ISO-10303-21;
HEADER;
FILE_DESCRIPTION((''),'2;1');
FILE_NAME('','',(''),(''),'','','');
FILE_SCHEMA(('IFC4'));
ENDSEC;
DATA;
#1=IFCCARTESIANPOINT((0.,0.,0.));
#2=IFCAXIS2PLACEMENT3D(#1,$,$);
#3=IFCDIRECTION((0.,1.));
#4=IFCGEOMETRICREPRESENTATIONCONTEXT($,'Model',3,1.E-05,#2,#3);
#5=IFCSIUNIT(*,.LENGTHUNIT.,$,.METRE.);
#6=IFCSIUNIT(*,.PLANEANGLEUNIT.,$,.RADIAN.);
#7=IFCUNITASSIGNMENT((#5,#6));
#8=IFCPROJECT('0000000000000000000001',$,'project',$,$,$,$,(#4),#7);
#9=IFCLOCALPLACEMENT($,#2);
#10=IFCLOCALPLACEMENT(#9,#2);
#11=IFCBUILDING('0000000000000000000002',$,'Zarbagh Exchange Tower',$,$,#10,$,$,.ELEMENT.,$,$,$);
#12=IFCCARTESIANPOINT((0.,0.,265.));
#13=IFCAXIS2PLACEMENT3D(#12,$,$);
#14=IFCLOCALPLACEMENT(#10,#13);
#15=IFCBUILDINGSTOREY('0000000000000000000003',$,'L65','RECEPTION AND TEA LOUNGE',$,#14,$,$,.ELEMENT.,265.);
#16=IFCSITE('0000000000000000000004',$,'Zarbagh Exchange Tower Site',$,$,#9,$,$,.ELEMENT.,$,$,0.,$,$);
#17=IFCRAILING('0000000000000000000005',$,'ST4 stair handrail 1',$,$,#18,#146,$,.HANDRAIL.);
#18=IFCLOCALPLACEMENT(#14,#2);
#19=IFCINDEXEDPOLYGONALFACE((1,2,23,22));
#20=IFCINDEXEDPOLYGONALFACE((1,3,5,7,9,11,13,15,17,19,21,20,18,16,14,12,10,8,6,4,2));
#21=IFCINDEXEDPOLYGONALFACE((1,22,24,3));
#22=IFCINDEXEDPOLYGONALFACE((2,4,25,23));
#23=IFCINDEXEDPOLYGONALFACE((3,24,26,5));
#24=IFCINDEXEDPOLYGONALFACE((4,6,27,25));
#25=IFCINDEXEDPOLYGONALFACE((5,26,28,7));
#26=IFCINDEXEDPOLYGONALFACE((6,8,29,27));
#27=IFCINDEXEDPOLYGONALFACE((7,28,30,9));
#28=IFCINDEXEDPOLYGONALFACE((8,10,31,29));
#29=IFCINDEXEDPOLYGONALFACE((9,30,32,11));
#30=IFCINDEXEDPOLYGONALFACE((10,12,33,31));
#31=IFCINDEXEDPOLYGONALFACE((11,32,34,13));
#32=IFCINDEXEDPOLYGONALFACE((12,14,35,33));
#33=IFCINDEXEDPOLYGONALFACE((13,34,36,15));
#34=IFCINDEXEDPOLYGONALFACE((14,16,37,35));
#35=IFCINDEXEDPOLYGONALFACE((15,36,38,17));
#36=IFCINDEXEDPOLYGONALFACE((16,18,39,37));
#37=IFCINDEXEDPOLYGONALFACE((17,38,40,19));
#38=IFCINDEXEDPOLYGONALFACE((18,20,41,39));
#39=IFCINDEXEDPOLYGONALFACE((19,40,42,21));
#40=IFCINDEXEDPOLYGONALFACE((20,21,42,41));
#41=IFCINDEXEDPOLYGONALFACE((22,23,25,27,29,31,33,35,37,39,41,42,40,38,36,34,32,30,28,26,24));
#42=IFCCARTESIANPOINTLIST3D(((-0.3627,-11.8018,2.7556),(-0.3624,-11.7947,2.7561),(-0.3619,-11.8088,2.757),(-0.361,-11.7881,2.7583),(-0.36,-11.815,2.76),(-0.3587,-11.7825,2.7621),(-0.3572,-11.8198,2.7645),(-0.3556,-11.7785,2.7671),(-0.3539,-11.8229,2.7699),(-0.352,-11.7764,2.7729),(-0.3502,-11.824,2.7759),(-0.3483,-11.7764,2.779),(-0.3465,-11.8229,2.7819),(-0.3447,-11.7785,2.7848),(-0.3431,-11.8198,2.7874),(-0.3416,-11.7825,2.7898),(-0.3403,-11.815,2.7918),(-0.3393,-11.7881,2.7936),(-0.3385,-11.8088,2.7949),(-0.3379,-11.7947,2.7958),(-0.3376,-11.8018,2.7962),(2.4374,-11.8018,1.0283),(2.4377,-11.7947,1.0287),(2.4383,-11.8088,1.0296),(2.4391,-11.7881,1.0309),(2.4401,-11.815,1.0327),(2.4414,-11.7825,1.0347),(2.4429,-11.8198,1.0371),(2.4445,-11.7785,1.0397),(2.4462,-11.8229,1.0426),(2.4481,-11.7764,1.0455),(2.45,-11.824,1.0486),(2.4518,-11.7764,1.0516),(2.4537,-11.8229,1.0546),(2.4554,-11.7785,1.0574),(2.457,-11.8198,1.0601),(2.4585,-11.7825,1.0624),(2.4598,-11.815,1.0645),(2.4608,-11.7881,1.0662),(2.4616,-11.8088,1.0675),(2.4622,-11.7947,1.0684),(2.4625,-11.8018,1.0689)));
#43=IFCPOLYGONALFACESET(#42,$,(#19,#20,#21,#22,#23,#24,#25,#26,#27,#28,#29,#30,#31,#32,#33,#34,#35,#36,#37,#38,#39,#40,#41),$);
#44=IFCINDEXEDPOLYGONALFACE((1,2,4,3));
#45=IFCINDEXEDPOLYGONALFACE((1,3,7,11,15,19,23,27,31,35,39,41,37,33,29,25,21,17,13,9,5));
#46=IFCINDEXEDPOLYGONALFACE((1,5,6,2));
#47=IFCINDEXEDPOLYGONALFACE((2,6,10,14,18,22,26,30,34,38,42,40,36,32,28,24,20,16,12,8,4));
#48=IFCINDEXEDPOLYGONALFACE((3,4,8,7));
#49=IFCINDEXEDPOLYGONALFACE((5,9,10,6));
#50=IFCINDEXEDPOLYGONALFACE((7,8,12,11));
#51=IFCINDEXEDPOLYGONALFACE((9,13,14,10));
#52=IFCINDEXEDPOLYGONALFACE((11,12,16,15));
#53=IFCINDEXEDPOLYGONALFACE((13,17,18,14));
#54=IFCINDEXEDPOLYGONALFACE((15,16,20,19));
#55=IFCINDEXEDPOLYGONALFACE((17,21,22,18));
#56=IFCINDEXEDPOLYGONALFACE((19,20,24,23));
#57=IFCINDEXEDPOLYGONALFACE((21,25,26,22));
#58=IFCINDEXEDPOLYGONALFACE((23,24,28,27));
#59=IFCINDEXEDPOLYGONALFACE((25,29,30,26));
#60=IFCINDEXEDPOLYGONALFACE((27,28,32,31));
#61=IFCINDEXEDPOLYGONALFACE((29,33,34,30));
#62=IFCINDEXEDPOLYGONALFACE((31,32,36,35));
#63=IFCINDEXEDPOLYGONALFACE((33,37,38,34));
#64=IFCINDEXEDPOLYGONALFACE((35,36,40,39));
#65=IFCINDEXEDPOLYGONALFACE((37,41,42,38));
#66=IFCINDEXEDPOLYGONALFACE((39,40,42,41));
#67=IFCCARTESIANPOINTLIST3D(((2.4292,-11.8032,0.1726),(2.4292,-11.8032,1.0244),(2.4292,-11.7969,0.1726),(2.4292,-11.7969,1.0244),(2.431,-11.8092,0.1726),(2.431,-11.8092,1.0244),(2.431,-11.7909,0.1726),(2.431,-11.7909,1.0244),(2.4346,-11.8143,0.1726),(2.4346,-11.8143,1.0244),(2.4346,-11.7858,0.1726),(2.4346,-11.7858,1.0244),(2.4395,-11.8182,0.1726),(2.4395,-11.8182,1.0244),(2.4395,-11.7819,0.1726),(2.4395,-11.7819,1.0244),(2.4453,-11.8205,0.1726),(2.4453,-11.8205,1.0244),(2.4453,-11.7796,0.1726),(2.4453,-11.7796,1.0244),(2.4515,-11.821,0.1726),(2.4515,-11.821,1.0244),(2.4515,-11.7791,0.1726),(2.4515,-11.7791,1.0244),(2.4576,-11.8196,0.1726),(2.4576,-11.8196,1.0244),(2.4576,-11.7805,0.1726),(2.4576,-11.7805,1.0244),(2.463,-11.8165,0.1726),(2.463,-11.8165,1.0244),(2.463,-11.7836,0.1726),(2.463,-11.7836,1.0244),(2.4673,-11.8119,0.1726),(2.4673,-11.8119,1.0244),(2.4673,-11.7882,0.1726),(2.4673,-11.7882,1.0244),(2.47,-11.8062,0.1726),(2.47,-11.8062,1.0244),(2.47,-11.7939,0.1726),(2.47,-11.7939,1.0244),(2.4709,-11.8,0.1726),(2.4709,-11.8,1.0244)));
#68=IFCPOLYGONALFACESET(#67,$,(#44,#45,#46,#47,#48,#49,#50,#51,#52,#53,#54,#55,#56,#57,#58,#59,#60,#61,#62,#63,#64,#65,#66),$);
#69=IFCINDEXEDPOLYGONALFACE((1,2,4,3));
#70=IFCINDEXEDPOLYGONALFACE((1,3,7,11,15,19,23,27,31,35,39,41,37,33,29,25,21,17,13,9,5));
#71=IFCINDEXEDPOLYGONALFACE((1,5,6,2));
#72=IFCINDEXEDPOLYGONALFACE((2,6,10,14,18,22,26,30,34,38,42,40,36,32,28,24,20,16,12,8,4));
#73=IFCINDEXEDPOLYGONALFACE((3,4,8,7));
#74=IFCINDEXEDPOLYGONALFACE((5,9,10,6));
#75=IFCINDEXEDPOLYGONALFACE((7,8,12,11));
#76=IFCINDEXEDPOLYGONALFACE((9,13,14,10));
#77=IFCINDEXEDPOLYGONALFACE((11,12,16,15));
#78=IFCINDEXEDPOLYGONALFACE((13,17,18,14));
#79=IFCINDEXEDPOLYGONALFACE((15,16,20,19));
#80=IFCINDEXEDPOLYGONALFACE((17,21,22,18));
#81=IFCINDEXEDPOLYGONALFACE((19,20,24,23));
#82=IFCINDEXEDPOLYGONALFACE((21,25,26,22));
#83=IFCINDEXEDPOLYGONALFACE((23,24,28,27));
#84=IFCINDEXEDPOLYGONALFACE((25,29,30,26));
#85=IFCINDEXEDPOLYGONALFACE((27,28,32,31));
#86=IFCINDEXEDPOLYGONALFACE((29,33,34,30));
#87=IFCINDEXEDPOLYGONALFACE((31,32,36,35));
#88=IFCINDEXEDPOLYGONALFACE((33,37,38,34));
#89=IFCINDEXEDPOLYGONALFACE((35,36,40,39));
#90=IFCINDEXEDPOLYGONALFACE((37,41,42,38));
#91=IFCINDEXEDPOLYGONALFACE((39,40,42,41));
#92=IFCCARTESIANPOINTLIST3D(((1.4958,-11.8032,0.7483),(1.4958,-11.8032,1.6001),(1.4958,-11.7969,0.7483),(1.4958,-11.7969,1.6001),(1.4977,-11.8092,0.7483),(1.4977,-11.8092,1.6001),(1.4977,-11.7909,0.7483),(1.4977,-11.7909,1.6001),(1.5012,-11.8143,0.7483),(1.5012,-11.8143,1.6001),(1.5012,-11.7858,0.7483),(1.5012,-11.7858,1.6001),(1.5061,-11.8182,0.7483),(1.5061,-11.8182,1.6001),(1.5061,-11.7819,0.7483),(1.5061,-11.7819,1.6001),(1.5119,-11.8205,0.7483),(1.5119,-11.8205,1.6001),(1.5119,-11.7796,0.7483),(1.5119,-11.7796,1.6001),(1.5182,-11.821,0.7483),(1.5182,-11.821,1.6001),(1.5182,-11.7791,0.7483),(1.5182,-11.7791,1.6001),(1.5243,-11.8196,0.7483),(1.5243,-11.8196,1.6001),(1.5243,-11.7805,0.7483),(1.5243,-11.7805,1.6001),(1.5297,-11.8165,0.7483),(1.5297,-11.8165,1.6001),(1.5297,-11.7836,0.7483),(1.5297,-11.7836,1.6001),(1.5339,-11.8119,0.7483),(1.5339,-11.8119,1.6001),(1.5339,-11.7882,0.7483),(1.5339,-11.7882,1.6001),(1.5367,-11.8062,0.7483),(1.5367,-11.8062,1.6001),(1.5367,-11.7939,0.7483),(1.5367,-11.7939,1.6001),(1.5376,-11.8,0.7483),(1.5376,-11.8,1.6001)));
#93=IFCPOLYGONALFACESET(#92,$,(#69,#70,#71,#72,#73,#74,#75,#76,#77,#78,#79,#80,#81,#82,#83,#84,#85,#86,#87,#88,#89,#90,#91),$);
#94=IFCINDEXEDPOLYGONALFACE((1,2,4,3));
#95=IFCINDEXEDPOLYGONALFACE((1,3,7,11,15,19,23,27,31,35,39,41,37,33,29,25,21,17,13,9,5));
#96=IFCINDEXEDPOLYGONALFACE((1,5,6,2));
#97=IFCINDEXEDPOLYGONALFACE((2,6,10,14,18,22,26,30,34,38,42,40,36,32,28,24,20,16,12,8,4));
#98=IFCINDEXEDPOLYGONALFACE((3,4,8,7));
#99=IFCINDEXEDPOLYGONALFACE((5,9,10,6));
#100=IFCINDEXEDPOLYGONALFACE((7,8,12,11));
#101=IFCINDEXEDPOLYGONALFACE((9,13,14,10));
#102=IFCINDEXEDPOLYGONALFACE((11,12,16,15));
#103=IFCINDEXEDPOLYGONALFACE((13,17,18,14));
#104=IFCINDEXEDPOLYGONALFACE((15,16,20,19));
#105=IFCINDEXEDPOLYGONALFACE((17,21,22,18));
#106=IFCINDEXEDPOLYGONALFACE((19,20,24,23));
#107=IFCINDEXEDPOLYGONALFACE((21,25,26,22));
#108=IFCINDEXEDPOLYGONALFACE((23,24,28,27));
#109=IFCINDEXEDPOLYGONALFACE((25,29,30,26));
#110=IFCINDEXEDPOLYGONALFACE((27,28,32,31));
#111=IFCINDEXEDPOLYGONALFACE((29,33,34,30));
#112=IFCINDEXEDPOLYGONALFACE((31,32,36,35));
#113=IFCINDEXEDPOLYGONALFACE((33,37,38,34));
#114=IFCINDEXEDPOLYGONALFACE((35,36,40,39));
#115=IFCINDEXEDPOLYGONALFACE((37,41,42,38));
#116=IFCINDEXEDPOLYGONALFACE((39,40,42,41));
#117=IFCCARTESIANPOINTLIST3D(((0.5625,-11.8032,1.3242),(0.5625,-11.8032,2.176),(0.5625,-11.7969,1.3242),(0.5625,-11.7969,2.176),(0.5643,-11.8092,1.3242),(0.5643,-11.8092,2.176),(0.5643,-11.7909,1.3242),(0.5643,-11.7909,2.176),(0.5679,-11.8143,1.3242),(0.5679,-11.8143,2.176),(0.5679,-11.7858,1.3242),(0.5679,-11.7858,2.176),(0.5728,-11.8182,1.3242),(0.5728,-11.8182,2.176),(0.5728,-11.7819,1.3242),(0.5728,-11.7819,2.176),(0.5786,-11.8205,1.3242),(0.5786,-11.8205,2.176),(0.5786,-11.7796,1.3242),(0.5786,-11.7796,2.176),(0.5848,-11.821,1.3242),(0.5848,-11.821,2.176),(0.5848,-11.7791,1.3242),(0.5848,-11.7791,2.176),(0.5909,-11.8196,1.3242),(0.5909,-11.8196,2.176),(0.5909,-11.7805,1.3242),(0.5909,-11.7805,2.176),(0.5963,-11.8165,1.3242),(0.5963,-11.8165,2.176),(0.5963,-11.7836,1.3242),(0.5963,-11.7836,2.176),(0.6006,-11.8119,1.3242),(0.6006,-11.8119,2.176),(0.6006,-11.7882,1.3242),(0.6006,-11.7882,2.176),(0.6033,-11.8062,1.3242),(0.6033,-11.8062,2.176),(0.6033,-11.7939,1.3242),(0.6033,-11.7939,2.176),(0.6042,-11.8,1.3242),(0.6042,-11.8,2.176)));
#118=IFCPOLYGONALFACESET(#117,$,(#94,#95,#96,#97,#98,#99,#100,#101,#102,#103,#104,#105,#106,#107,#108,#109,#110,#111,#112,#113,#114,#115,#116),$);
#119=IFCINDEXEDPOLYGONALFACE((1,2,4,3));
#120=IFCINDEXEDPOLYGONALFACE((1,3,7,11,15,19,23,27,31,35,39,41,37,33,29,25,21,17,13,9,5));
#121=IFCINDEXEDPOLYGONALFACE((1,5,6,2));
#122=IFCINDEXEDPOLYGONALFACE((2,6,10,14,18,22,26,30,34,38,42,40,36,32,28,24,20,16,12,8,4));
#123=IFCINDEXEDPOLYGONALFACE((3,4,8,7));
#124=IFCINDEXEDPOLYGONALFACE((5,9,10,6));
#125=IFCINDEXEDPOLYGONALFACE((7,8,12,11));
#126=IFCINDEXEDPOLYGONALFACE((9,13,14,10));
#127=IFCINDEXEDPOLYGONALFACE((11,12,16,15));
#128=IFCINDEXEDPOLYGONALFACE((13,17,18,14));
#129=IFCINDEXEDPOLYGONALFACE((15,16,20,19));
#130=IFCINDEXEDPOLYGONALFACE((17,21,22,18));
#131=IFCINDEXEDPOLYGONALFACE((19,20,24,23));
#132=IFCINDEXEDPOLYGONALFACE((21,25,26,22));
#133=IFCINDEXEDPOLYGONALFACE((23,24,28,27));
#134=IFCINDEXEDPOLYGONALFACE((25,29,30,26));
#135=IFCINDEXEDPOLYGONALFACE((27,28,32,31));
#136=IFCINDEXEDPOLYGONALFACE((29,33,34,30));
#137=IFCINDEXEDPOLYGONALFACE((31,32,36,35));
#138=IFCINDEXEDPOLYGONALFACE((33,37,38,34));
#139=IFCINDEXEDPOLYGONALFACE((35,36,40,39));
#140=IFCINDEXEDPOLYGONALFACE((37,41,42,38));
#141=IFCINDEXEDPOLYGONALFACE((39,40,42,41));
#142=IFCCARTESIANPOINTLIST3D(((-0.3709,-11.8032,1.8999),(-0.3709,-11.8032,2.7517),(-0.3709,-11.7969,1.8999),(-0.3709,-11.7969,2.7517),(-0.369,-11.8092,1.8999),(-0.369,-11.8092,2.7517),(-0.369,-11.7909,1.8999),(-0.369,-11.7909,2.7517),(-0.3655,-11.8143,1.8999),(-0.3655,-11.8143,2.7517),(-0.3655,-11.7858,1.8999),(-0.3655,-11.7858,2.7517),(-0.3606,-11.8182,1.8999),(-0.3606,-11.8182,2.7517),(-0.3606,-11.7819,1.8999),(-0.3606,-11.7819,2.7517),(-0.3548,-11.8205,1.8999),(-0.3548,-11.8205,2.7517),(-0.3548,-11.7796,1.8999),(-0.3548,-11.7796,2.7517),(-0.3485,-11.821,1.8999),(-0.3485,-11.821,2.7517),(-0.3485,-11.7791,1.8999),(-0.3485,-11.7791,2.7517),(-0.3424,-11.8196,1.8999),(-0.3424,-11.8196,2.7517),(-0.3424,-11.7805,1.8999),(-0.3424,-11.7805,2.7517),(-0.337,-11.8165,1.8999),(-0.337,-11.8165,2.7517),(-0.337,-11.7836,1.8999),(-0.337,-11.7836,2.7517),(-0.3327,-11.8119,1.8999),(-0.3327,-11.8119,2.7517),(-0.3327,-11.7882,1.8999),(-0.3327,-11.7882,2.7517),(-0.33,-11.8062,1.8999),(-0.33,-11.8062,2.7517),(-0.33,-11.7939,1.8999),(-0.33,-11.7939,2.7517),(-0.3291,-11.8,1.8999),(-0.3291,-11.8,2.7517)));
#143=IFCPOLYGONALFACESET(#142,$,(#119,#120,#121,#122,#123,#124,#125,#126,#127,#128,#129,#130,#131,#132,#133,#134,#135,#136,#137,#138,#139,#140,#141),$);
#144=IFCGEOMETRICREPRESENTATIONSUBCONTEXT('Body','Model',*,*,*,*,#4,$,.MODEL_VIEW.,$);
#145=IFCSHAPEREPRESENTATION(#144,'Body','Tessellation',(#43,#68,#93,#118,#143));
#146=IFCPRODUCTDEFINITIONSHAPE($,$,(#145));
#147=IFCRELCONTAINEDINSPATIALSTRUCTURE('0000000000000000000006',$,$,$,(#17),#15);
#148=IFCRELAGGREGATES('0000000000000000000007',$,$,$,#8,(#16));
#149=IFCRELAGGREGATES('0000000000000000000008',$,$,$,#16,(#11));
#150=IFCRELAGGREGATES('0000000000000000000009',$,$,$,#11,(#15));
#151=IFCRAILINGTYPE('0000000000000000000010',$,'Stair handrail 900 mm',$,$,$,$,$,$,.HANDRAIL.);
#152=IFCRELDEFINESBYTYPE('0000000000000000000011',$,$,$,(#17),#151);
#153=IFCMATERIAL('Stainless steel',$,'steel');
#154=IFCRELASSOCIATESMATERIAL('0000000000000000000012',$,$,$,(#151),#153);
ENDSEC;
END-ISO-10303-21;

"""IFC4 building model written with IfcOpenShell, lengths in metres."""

from ifc_helpers import new_model, si_unit, direction, frame, origin, origin_2d, place, context, subcontext, project, spatial, circle, extrude, material, type_object, element, save


model = new_model("IFC4")

# Units and contexts
model_context = context("Model", 3, precision=1e-05, world=origin(), true_north=direction((0.0, 1.0)))
body_context = subcontext(model_context, "Body", "Model", "MODEL_VIEW")
ifc_project = project(units=[si_unit("LENGTHUNIT", "METRE"), si_unit("PLANEANGLEUNIT", "RADIAN")], contexts=[model_context])

# Site, building, storey
site_placement = place(None, origin())
site = spatial("IfcSite", under=ifc_project, at=site_placement, Name="Zarbagh Exchange Tower Site", CompositionType="ELEMENT", RefElevation=0.0)
building_placement = place(site_placement, origin())
building = spatial("IfcBuilding", under=site, at=building_placement, Name="Zarbagh Exchange Tower", CompositionType="ELEMENT")
storey_placement = place(building_placement, frame((0.0, 0.0, 265.0)))
storey = spatial("IfcBuildingStorey", under=building, at=storey_placement, Name="L65", Description="RECEPTION AND TEA LOUNGE", CompositionType="ELEMENT", Elevation=265.0)

# Railing
ifc_material_1 = material(Name="Stainless steel", Category="steel")
railing_type = type_object("IfcRailingType", Name="Stair handrail 900 mm", PredefinedType="HANDRAIL", material=ifc_material_1)
railing_placement = place(storey_placement, frame((2.45, -11.8, 0.1726)))
element("IfcRailing", 1, at=railing_placement, inside=storey, type_object=railing_type, Name="ST4 stair handrail 1", PredefinedType="HANDRAIL", context=body_context, shape_type="SweptSolid", body=[
    extrude(circle(Radius=0.0239, at=origin_2d()), frame((0.0, 0.0, 0.876), z_axis=(-0.85109, 0.0, 0.52502), x_axis=(0.0, -1.0, 0.0)), (0.0, 0.0, 1.0), 3.29),
    extrude(circle(Radius=0.021, at=origin_2d()), origin(), (0.0, 0.0, 1.0), 0.8518),
    extrude(circle(Radius=0.021, at=origin_2d()), frame((-0.9333, 0.0, 0.5757)), (0.0, 0.0, 1.0), 0.8518),
    extrude(circle(Radius=0.021, at=origin_2d()), frame((-1.8667, 0.0, 1.1516)), (0.0, 0.0, 1.0), 0.8518),
    extrude(circle(Radius=0.021, at=origin_2d()), frame((-2.8, 0.0, 1.7273)), (0.0, 0.0, 1.0), 0.8518),
])

save(model, "model.ifc")
